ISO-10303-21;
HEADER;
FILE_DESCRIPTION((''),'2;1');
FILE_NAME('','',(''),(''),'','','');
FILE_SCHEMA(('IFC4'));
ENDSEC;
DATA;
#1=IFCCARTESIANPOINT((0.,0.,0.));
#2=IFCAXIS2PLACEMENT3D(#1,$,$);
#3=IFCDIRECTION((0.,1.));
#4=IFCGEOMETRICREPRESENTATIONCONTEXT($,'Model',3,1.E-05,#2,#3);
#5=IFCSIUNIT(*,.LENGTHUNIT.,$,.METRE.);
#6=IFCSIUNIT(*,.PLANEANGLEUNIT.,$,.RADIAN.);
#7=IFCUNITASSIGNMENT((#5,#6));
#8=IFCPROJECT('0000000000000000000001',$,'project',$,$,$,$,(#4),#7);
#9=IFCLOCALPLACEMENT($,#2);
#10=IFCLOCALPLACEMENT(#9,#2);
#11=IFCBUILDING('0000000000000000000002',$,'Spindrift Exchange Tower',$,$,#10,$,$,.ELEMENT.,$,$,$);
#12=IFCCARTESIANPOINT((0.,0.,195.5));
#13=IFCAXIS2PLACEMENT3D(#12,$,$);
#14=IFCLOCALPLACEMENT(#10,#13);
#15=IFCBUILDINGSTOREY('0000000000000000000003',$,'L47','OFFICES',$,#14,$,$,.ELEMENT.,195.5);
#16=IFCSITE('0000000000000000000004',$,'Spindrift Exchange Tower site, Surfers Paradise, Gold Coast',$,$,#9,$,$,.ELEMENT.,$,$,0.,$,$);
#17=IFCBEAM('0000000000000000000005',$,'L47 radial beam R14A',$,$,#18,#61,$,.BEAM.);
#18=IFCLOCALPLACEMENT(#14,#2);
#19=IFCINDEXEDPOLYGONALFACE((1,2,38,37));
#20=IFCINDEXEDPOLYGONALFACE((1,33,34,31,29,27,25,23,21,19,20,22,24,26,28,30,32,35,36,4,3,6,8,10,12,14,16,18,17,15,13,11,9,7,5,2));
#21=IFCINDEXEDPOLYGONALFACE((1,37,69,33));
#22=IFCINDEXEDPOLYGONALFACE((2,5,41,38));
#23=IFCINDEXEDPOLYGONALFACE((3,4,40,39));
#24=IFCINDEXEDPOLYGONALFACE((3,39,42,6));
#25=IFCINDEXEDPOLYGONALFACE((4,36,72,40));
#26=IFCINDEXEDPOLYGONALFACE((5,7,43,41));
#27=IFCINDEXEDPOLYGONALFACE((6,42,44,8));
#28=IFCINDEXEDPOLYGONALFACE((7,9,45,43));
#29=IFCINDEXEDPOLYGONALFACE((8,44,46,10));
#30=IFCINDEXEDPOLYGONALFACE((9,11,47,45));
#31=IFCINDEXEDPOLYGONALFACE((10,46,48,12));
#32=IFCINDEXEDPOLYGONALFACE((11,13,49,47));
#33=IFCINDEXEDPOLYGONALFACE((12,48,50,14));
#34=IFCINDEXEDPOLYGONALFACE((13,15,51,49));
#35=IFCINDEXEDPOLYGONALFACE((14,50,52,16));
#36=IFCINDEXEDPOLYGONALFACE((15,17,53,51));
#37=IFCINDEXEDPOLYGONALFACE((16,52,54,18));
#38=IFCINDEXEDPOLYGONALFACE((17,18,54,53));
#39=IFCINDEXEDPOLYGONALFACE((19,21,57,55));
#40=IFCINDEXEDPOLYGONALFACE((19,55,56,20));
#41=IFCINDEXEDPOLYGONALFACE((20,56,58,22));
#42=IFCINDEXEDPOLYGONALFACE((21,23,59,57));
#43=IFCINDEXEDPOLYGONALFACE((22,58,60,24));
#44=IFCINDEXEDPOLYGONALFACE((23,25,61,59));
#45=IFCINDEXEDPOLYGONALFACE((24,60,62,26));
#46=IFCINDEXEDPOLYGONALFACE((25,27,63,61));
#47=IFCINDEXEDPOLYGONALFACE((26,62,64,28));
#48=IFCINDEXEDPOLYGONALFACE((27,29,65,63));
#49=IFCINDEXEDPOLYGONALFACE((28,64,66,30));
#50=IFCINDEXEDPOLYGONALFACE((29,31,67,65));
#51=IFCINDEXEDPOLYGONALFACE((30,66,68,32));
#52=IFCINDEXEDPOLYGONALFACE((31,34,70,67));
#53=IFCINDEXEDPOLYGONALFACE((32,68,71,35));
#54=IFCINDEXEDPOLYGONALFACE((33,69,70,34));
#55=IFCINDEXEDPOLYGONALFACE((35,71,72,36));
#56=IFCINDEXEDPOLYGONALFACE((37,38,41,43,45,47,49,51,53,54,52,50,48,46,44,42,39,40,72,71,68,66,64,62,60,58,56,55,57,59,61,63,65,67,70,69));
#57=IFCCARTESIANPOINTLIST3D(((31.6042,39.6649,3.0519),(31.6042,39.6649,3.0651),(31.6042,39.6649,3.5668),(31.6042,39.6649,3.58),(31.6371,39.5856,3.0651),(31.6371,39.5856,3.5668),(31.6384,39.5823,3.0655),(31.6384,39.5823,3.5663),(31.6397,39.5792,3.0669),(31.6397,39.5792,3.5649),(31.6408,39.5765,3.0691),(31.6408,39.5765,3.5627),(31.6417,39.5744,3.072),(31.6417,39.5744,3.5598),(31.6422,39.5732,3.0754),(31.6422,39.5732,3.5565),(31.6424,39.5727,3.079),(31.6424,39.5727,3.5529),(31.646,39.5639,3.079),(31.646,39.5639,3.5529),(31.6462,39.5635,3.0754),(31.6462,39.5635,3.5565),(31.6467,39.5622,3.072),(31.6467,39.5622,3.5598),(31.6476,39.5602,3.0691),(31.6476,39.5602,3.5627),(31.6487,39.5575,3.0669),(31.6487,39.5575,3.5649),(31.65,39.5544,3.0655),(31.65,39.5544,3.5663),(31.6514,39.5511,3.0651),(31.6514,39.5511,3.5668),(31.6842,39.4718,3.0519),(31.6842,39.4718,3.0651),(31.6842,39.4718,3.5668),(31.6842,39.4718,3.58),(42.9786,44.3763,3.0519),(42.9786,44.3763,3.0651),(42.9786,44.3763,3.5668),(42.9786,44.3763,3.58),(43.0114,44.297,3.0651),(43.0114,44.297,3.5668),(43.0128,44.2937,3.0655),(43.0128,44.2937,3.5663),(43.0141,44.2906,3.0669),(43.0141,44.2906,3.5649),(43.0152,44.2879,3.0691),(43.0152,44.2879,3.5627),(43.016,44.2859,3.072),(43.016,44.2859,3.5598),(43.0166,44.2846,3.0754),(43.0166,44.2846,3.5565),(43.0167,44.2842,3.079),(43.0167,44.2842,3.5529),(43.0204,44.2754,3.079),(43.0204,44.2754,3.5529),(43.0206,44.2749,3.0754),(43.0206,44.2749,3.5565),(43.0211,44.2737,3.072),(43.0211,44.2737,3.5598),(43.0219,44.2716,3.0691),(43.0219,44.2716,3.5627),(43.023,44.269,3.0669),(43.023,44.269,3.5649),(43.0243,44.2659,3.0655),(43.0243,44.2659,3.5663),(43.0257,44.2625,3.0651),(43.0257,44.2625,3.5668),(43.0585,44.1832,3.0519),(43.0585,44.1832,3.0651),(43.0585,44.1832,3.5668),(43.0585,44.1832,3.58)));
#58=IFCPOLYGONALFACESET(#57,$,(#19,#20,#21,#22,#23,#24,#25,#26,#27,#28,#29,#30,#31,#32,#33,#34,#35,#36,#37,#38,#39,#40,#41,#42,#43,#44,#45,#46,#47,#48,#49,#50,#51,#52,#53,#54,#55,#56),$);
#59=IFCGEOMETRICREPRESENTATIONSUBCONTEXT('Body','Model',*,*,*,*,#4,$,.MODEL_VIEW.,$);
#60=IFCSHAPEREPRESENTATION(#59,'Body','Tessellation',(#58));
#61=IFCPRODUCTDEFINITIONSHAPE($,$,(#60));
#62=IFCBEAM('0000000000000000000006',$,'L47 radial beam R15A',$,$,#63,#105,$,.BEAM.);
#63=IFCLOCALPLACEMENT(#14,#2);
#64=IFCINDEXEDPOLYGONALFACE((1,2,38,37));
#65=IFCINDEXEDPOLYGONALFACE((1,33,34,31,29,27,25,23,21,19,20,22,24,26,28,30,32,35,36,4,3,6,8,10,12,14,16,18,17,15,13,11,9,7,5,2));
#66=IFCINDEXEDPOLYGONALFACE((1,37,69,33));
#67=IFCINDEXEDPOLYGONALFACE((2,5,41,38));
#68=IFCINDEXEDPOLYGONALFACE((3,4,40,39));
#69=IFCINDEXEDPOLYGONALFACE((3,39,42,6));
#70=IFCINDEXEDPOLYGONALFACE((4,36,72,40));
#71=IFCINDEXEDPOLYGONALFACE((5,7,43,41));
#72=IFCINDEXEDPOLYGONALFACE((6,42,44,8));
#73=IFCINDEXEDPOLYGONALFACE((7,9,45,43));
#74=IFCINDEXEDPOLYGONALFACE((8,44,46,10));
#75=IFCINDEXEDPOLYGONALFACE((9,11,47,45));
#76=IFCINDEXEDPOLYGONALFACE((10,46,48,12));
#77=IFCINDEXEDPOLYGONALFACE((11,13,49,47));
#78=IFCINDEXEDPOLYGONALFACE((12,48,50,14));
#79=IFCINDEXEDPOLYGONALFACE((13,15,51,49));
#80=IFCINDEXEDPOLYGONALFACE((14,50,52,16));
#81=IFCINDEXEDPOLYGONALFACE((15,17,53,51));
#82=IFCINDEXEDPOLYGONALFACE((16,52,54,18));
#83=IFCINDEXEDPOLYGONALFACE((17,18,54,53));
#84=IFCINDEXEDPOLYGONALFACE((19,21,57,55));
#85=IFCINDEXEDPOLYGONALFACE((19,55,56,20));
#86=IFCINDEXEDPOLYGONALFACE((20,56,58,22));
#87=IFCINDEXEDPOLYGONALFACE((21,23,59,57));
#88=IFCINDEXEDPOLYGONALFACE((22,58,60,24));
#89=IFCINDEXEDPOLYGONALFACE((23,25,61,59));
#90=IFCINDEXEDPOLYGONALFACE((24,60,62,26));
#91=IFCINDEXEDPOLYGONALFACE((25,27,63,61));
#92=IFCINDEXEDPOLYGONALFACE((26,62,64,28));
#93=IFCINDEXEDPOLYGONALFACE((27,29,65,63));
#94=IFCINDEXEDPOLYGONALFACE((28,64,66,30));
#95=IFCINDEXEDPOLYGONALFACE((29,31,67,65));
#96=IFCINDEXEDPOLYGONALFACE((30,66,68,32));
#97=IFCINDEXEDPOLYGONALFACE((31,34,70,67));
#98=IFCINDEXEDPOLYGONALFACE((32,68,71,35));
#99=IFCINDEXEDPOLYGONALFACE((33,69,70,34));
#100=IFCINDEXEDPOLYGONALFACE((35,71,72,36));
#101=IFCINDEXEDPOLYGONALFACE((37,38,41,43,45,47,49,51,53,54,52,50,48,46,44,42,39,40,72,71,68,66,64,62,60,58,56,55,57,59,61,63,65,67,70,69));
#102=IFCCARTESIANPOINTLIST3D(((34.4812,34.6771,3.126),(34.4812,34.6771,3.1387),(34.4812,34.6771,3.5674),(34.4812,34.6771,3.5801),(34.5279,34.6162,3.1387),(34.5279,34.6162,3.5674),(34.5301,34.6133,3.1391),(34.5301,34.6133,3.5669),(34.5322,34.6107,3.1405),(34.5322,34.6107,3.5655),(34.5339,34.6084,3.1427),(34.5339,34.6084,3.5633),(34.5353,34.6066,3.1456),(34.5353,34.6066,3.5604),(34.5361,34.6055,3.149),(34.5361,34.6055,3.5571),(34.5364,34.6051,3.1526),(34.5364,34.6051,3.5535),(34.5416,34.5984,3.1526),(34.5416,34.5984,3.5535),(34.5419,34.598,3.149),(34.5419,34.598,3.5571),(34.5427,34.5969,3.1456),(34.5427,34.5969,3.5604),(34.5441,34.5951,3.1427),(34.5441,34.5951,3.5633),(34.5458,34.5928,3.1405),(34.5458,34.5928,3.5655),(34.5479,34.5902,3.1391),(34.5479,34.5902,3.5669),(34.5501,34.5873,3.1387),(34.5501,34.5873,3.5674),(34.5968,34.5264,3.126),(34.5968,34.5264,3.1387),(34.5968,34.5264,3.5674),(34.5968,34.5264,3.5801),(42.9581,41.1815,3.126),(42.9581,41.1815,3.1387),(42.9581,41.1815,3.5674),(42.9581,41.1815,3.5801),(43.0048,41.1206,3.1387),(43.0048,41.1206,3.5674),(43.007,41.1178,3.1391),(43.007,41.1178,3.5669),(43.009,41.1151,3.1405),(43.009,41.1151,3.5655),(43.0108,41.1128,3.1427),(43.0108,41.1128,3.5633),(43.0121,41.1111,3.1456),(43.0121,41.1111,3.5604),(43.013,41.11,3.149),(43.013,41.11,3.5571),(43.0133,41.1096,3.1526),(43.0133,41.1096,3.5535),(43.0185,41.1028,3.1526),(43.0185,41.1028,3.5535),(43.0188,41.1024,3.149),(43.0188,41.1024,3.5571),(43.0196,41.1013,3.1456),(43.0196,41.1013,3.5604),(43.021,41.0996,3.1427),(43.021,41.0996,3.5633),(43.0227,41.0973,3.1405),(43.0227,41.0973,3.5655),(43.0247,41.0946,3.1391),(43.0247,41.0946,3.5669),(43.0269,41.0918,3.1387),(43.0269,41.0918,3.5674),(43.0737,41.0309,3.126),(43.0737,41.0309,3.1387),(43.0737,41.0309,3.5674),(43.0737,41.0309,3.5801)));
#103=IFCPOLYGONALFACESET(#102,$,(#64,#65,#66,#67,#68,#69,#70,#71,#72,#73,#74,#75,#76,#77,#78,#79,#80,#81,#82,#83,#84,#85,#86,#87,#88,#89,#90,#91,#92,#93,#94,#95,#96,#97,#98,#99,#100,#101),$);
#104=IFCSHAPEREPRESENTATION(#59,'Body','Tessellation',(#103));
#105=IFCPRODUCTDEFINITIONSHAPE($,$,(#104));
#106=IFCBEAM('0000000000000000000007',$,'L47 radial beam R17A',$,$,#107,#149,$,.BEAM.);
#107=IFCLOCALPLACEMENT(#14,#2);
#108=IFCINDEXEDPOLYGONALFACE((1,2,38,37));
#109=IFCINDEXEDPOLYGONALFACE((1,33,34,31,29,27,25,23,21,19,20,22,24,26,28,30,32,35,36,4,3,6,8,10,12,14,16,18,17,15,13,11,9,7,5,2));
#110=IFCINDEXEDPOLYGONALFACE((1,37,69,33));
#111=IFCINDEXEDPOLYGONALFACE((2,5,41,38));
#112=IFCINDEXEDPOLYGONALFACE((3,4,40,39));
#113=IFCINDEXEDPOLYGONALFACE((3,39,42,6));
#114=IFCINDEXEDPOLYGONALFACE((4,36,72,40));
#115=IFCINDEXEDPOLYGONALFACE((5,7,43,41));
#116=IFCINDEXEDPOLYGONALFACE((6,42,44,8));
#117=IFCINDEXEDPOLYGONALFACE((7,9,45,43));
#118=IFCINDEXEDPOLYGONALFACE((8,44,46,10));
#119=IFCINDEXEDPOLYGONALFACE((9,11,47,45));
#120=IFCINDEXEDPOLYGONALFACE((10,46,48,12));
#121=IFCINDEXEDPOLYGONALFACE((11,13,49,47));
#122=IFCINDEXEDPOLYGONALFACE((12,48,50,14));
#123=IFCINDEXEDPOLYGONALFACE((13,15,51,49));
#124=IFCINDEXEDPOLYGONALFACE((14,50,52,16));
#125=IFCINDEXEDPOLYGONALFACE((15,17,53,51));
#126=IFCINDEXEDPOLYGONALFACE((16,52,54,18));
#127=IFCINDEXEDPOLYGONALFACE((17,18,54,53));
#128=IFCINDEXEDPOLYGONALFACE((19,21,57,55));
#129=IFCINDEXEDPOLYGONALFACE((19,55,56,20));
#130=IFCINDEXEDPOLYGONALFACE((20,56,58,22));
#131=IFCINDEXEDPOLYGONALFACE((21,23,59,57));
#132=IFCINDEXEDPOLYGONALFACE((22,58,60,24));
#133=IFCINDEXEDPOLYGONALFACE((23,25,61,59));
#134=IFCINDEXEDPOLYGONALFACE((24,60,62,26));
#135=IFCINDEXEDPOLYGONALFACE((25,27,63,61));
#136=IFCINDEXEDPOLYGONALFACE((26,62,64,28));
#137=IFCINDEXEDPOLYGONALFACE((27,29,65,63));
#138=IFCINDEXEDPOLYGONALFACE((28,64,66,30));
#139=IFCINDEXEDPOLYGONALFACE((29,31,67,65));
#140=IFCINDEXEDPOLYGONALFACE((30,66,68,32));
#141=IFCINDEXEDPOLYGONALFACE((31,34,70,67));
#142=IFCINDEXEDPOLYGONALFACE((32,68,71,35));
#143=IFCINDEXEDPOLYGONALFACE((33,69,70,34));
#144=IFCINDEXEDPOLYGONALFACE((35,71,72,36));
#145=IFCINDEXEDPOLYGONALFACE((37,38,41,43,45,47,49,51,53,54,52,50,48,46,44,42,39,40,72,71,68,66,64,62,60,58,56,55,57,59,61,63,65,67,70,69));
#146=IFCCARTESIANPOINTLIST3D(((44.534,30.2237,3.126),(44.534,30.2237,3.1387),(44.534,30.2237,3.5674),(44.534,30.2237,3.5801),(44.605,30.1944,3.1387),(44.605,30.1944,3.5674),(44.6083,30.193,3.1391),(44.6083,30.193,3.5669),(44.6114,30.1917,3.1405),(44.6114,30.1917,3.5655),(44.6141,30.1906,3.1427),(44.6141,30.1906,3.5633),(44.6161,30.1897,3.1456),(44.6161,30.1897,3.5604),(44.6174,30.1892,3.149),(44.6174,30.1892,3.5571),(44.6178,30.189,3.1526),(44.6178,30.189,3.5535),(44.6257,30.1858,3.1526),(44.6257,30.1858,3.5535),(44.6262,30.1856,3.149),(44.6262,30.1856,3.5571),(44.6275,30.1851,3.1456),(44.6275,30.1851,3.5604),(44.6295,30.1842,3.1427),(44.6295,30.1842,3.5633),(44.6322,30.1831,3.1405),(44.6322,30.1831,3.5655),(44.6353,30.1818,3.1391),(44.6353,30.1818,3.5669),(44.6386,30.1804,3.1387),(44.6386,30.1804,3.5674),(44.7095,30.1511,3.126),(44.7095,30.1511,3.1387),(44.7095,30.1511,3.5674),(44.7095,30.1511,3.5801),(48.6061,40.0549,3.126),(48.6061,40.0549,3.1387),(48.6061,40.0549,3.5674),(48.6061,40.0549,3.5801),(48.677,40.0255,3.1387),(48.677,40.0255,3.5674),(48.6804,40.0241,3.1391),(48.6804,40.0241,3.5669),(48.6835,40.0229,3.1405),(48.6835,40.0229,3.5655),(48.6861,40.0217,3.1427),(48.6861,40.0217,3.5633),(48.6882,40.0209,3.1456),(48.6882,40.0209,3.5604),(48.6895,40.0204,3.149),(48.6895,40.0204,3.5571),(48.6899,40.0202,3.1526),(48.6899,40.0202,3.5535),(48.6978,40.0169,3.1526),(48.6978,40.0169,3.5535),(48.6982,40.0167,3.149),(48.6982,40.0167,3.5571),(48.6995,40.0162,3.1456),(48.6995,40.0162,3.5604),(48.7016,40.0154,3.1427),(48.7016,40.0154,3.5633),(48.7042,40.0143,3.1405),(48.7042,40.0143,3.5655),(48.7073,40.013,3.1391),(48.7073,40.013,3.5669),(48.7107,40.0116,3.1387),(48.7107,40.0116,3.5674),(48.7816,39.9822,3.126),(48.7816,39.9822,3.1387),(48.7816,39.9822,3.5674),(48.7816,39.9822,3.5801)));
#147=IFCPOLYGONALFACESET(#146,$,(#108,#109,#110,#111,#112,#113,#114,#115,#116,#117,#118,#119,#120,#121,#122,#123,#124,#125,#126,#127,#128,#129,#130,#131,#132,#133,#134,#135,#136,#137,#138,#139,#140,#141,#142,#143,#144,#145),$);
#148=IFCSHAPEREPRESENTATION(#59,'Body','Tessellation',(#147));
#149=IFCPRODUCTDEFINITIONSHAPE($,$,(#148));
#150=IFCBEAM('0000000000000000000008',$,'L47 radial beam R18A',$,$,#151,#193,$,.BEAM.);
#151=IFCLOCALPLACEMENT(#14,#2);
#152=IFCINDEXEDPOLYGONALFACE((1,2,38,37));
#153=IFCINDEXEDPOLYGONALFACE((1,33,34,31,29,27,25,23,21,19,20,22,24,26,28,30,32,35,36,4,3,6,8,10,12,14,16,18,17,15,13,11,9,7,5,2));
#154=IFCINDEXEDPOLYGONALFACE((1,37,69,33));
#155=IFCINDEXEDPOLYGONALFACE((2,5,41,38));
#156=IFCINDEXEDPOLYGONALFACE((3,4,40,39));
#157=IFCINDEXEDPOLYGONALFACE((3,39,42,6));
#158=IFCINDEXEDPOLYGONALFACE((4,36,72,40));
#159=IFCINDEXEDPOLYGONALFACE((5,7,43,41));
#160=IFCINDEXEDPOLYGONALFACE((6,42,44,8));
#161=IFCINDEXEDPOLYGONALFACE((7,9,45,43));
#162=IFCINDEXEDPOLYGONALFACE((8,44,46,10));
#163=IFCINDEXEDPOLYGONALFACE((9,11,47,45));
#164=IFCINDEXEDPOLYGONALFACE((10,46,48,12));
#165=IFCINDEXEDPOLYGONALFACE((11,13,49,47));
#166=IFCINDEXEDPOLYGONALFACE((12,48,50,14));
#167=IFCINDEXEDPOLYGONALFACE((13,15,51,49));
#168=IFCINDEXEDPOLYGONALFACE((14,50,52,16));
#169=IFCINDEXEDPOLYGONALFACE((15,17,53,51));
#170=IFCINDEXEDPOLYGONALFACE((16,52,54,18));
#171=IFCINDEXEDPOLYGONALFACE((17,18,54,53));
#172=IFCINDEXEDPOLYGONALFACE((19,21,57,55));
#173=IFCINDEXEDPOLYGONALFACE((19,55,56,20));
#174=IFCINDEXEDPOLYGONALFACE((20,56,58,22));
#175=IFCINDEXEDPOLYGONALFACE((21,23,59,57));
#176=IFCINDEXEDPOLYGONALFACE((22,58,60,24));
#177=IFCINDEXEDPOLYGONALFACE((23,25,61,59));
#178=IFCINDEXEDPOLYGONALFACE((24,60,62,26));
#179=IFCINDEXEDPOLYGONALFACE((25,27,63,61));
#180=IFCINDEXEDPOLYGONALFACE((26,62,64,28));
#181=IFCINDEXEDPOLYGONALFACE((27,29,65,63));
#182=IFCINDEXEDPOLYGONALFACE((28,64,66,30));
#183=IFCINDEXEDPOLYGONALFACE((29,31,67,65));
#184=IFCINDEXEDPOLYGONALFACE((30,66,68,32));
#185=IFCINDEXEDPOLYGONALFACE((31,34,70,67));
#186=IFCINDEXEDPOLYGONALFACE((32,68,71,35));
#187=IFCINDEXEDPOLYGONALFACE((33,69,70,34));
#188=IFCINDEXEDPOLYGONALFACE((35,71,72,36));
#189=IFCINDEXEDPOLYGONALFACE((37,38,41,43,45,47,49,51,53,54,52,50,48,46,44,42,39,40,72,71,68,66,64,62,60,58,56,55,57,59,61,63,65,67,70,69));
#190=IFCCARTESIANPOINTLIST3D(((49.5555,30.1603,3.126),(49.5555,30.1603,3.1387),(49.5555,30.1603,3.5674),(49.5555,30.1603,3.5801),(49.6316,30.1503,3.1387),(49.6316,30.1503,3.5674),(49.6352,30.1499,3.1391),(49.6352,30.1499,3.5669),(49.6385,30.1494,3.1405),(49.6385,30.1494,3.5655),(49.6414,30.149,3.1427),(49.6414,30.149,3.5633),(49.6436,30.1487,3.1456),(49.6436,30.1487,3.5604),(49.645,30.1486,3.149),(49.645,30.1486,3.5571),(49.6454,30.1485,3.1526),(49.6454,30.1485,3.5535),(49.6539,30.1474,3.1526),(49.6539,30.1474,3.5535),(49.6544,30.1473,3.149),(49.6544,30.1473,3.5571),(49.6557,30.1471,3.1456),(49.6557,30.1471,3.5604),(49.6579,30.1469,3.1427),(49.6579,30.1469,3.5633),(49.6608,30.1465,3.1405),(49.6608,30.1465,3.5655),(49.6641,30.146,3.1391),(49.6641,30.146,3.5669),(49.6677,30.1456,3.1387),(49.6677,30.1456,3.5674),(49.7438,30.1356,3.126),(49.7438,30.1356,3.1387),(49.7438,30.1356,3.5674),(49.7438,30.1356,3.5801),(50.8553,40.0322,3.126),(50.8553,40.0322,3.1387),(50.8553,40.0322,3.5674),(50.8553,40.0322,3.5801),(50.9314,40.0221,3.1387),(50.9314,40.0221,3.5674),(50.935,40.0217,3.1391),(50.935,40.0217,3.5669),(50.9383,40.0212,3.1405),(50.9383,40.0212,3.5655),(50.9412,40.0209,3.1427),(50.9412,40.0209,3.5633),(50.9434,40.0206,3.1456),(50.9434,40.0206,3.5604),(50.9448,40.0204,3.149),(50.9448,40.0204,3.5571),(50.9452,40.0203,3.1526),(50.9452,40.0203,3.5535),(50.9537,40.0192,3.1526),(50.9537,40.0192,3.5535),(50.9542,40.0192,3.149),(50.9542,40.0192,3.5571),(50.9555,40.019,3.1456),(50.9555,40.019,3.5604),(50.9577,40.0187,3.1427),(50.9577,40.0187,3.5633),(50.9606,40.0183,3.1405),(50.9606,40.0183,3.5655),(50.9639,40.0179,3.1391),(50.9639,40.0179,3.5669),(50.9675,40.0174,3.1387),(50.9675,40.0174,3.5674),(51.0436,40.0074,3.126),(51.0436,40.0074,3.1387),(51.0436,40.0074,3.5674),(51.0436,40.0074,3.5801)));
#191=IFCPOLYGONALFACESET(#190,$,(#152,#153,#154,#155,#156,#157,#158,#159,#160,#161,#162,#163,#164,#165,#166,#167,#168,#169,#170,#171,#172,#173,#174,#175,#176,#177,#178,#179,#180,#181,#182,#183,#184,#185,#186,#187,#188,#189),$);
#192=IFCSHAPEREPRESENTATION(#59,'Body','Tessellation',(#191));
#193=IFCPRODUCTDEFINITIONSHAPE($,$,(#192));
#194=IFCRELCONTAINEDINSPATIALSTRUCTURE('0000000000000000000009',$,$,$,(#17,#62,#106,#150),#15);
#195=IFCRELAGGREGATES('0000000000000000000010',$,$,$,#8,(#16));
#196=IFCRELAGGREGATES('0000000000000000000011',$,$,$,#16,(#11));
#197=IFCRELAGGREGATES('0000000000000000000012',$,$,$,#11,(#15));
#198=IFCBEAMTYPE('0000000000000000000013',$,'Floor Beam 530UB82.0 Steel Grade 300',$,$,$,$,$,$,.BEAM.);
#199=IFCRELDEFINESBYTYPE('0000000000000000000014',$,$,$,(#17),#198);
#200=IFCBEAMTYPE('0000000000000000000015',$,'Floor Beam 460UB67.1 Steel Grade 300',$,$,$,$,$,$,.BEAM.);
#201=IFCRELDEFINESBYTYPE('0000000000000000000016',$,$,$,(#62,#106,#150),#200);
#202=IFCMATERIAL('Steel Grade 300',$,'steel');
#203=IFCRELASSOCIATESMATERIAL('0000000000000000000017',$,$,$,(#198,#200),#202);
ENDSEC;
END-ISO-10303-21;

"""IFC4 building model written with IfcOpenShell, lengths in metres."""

from ifc_helpers import new_model, si_unit, direction, frame, origin, origin_2d, place, context, subcontext, project, spatial, i_section, extrude, source, transform, mapped, material, material_profile, profile_set, type_object, element, save


model = new_model("IFC4")

# Units and contexts
model_context = context("Model", 3, precision=1e-05, world=origin(), true_north=direction((0.0, 1.0)))
body_context = subcontext(model_context, "Body", "Model", "MODEL_VIEW")
ifc_project = project(units=[si_unit("LENGTHUNIT", "METRE"), si_unit("PLANEANGLEUNIT", "RADIAN")], contexts=[model_context])

# Site, building, storey
site_placement = place(None, origin())
site = spatial("IfcSite", under=ifc_project, at=site_placement, Name="Spindrift Exchange Tower site, Surfers Paradise, Gold Coast", CompositionType="ELEMENT", RefElevation=0.0)
building_placement = place(site_placement, origin())
building = spatial("IfcBuilding", under=site, at=building_placement, Name="Spindrift Exchange Tower", CompositionType="ELEMENT")
storey_placement = place(building_placement, frame((0.0, 0.0, 195.5)))
storey = spatial("IfcBuildingStorey", under=building, at=storey_placement, Name="L47", Description="OFFICES", CompositionType="ELEMENT", Elevation=195.5)

# Beams
ifc_material_1 = material(Name="Steel Grade 300", Category="steel")
ifc_material_profile_1 = material_profile(ifc_material_1, i_section(OverallWidth=0.209, OverallDepth=0.5281, WebThickness=0.0095, FlangeThickness=0.0132, FilletRadius=0.0139, at=origin_2d()), Name="530UB82.0")
ifc_profile_set_1 = profile_set([ifc_material_profile_1], Name="Steel Grade 300")
beam_type_1 = type_object("IfcBeamType", Name="Floor Beam 530UB82.0 Steel Grade 300", PredefinedType="BEAM", material=ifc_profile_set_1)
shared_shape_1 = source(origin(), body_context, "Body", "SweptSolid", [
    extrude(i_section(OverallWidth=0.209, OverallDepth=0.5281, WebThickness=0.0095, FlangeThickness=0.0132, FilletRadius=0.0139, at=origin_2d()), origin(), (0.0, 0.0, 1.0), 12.3115),
])
beam_1_placement = place(storey_placement, frame((43.0186, 44.2798, 3.3159), z_axis=(-0.923878, -0.382687, 0.0), x_axis=(0.382687, -0.923878, 0.0)))
element("IfcBeam", 1, at=beam_1_placement, inside=storey, type_object=beam_type_1, Name="L47 radial beam R14A", PredefinedType="BEAM", context=body_context, shape_type="MappedRepresentation", body=[
    mapped(shared_shape_1, transform((0.0, 0.0, 0.0), scale=1.0)),
])
ifc_material_profile_2 = material_profile(ifc_material_1, i_section(OverallWidth=0.1899, OverallDepth=0.4541, WebThickness=0.0085, FlangeThickness=0.0127, FilletRadius=0.0139, at=origin_2d()), Name="460UB67.1")
ifc_profile_set_2 = profile_set([ifc_material_profile_2], Name="Steel Grade 300")
beam_type_2 = type_object("IfcBeamType", Name="Floor Beam 460UB67.1 Steel Grade 300", PredefinedType="BEAM", material=ifc_profile_set_2)
shared_shape_2 = source(origin(), body_context, "Body", "SweptSolid", [
    extrude(i_section(OverallWidth=0.1899, OverallDepth=0.4541, WebThickness=0.0085, FlangeThickness=0.0127, FilletRadius=0.0139, at=origin_2d()), origin(), (0.0, 0.0, 1.0), 10.6848),
])
beam_2_placement = place(storey_placement, frame((43.0159, 41.1062, 3.353), z_axis=(-0.793357, -0.608756, 0.0), x_axis=(0.608756, -0.793357, 0.0)))
element("IfcBeam", 2, at=beam_2_placement, inside=storey, type_object=beam_type_2, Name="L47 radial beam R15A", PredefinedType="BEAM", context=body_context, shape_type="MappedRepresentation", body=[
    mapped(shared_shape_2, transform((0.0, 0.0, 0.0), scale=1.0)),
])
shared_shape_3 = source(origin(), body_context, "Body", "SweptSolid", [
    extrude(i_section(OverallWidth=0.1899, OverallDepth=0.4541, WebThickness=0.0085, FlangeThickness=0.0127, FilletRadius=0.0139, at=origin_2d()), origin(), (0.0, 0.0, 1.0), 10.6411),
])
beam_3_placement = place(storey_placement, frame((48.6938, 40.0186, 3.353), z_axis=(-0.382673, -0.923884, 0.0), x_axis=(0.923884, -0.382673, 0.0)))
element("IfcBeam", 3, at=beam_3_placement, inside=storey, type_object=beam_type_2, Name="L47 radial beam R17A", PredefinedType="BEAM", context=body_context, shape_type="MappedRepresentation", body=[
    mapped(shared_shape_3, transform((0.0, 0.0, 0.0), scale=1.0)),
])
shared_shape_4 = source(origin(), body_context, "Body", "SweptSolid", [
    extrude(i_section(OverallWidth=0.1899, OverallDepth=0.4541, WebThickness=0.0085, FlangeThickness=0.0127, FilletRadius=0.0139, at=origin_2d()), origin(), (0.0, 0.0, 1.0), 9.957),
])
beam_4_placement = place(storey_placement, frame((50.9495, 40.0198, 3.353), z_axis=(-0.130541, -0.991443, 0.0), x_axis=(0.991443, -0.130541, 0.0)))
element("IfcBeam", 4, at=beam_4_placement, inside=storey, type_object=beam_type_2, Name="L47 radial beam R18A", PredefinedType="BEAM", context=body_context, shape_type="MappedRepresentation", body=[
    mapped(shared_shape_4, transform((0.0, 0.0, 0.0), scale=1.0)),
])

save(model, "model.ifc")
